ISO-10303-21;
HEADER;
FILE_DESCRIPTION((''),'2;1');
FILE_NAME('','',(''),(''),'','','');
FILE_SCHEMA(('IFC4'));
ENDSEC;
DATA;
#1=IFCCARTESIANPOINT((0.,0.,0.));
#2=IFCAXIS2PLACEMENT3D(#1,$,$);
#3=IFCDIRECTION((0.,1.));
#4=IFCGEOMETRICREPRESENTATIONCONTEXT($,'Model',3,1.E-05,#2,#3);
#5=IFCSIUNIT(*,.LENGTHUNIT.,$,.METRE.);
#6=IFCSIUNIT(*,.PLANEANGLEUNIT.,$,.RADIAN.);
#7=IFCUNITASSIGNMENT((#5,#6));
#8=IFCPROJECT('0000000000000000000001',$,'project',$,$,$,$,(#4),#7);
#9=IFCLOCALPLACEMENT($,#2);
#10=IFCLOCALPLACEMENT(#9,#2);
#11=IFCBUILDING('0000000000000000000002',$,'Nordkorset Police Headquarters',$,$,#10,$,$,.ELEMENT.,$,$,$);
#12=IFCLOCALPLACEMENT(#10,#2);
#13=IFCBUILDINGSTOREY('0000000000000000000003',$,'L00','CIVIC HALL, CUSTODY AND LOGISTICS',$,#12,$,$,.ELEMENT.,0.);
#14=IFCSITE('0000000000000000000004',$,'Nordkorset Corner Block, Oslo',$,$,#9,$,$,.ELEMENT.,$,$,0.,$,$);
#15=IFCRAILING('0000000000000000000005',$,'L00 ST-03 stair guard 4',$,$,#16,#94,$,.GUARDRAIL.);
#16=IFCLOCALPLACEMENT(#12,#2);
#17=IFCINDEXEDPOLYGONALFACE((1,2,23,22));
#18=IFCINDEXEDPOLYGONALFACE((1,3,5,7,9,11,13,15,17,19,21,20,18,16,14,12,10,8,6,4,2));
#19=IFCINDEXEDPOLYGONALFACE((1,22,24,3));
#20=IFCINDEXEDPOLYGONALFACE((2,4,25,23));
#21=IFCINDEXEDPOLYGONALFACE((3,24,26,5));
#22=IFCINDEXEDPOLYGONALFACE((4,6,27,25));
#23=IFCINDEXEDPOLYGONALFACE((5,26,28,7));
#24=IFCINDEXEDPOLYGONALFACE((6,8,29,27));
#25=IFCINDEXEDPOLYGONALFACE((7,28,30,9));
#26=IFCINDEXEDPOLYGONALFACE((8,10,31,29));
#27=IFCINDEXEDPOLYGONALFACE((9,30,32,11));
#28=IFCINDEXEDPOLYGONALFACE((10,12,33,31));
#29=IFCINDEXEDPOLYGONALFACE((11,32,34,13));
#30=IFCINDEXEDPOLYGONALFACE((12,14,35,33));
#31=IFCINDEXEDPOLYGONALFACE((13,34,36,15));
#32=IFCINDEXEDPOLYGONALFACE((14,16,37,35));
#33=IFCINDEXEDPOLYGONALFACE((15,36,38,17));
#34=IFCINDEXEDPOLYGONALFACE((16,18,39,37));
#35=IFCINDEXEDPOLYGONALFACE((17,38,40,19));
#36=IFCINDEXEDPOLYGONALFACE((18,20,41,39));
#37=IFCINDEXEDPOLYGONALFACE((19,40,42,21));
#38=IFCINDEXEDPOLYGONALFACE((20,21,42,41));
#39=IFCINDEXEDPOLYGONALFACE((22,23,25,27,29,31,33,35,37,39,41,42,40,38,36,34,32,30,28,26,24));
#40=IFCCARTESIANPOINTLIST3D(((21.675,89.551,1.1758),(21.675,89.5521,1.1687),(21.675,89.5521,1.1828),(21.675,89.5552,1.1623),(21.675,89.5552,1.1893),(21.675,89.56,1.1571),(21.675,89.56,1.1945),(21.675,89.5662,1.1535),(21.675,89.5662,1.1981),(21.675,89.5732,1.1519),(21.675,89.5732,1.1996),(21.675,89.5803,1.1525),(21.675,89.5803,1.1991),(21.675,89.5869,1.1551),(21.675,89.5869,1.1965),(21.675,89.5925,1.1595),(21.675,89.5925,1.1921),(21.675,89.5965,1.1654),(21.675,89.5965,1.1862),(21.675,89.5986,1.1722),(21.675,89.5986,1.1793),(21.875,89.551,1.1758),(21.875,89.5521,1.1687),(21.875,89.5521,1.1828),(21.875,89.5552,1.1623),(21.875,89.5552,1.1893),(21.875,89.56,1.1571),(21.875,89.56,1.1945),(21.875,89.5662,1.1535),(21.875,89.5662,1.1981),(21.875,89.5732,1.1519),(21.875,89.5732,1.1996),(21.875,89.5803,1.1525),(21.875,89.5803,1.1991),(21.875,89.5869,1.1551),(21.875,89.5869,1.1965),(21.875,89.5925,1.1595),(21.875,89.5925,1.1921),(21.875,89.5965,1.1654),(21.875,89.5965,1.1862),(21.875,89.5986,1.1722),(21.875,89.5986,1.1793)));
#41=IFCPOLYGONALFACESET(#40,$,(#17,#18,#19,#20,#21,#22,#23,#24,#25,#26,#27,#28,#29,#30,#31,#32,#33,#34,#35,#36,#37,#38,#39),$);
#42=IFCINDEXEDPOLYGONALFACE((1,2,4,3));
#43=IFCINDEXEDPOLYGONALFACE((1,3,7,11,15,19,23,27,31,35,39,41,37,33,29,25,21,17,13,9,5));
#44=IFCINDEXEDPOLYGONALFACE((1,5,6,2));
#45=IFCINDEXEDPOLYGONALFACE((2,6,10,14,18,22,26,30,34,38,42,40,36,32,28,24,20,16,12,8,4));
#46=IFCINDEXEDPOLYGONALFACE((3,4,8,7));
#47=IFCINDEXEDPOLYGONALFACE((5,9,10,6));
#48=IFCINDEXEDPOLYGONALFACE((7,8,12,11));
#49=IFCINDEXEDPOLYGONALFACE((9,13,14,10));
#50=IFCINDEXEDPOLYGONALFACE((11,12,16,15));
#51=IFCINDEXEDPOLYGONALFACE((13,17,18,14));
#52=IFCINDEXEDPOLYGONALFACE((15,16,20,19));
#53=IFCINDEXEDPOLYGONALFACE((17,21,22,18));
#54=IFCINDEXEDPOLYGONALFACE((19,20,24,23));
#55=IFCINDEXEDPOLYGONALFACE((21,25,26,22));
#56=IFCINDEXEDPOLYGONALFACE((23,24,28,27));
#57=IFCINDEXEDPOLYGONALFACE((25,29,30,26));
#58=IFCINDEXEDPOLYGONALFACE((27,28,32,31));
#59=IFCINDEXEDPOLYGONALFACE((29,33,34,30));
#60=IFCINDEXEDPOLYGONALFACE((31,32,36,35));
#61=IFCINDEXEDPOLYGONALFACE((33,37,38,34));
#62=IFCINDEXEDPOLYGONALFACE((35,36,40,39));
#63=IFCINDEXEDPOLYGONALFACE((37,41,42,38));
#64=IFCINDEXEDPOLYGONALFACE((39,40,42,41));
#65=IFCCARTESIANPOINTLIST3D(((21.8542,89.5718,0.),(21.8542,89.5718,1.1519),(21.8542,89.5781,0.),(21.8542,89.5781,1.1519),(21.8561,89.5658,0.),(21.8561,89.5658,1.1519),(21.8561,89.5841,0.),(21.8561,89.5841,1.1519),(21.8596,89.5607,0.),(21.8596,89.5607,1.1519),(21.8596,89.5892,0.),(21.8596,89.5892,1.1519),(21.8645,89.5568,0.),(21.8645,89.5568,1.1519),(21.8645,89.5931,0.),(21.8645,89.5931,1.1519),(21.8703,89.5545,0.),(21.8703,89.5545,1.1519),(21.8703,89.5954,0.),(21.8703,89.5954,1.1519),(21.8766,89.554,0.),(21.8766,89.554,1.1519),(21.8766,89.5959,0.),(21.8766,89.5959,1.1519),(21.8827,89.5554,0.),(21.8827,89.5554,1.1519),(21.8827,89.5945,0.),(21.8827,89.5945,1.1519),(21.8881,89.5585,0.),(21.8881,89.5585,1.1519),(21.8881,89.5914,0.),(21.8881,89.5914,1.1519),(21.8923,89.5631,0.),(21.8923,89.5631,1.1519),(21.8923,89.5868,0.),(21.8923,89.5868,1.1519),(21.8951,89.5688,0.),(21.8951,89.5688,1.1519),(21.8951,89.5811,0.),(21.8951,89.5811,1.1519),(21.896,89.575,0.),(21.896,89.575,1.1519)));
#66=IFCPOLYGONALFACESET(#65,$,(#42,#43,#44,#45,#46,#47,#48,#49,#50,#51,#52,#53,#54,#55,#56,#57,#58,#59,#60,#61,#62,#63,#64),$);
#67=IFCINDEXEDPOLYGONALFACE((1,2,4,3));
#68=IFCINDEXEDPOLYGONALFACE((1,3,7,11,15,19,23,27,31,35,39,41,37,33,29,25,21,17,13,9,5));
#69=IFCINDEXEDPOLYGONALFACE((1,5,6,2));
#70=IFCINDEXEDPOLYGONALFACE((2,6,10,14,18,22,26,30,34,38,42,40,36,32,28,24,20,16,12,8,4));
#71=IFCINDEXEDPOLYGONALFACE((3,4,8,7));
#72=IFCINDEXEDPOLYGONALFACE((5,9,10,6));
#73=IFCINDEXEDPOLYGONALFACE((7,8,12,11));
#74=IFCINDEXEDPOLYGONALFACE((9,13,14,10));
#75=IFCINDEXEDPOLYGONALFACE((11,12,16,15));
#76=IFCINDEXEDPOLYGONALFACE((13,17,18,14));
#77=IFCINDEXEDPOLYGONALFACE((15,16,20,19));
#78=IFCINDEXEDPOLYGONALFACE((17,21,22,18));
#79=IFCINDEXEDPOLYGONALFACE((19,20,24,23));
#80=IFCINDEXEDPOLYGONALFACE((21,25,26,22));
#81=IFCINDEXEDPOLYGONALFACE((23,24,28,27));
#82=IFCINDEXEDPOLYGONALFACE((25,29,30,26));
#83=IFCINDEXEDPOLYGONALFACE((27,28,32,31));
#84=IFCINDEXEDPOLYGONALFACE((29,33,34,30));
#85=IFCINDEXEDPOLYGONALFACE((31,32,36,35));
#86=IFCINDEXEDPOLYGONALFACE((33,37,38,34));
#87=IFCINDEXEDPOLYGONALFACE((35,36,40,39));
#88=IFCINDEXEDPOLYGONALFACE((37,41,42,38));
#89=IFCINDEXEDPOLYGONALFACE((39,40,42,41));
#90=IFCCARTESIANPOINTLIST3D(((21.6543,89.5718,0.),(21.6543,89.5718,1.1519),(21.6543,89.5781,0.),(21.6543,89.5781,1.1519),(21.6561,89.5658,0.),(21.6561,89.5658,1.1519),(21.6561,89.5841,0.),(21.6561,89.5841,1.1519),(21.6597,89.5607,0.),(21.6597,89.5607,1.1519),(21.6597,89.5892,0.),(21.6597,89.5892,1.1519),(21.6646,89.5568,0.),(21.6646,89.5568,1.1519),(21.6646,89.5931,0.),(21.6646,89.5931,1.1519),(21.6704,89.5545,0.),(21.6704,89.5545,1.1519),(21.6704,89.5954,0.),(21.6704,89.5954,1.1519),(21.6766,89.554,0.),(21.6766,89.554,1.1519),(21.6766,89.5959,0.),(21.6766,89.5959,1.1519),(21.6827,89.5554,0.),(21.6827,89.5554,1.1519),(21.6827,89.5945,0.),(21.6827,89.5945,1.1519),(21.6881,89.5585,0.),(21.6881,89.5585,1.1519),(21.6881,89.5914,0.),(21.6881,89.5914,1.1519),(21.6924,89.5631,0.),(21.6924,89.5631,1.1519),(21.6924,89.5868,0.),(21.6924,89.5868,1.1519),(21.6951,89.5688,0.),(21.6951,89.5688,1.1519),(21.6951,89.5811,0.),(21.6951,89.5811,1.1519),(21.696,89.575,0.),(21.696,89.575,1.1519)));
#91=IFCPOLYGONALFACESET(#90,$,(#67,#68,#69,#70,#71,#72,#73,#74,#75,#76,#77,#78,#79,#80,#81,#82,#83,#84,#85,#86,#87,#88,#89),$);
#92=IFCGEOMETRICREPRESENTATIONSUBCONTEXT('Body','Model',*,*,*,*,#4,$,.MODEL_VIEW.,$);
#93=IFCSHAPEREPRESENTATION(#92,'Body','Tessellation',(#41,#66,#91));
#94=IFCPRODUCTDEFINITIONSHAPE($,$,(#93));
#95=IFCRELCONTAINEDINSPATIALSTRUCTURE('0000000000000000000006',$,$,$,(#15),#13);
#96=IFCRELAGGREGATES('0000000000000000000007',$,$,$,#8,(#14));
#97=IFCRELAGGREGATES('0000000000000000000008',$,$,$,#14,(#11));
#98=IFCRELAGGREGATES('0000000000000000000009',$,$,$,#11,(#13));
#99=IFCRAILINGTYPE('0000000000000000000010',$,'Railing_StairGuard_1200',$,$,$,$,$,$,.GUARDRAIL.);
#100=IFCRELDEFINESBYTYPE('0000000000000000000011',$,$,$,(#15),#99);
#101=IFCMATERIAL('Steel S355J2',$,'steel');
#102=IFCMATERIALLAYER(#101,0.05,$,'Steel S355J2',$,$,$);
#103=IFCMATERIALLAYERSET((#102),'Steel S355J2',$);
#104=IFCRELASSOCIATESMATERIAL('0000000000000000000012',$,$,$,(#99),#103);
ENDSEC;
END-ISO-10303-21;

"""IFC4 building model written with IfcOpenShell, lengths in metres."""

from ifc_helpers import new_model, si_unit, direction, frame, origin, origin_2d, place, context, subcontext, project, spatial, circle, extrude, material, layer, layer_set, type_object, element, save


model = new_model("IFC4")

# Units and contexts
model_context = context("Model", 3, precision=1e-05, world=origin(), true_north=direction((0.0, 1.0)))
body_context = subcontext(model_context, "Body", "Model", "MODEL_VIEW")
ifc_project = project(units=[si_unit("LENGTHUNIT", "METRE"), si_unit("PLANEANGLEUNIT", "RADIAN")], contexts=[model_context])

# Site, building, storey
site_placement = place(None, origin())
site = spatial("IfcSite", under=ifc_project, at=site_placement, Name="Nordkorset Corner Block, Oslo", CompositionType="ELEMENT", RefElevation=0.0)
building_placement = place(site_placement, origin())
building = spatial("IfcBuilding", under=site, at=building_placement, Name="Nordkorset Police Headquarters", CompositionType="ELEMENT")
storey_placement = place(building_placement, origin())
storey = spatial("IfcBuildingStorey", under=building, at=storey_placement, Name="L00", Description="CIVIC HALL, CUSTODY AND LOGISTICS", CompositionType="ELEMENT", Elevation=0.0)

# Railing
ifc_material_1 = material(Name="Steel S355J2", Category="steel")
ifc_layer_1 = layer(ifc_material_1, 0.05, Name="Steel S355J2")
ifc_layer_set_1 = layer_set([ifc_layer_1], Name="Steel S355J2")
railing_type = type_object("IfcRailingType", Name="Railing_StairGuard_1200", PredefinedType="GUARDRAIL", material=ifc_layer_set_1)
railing_1_placement = place(storey_placement, frame((21.875, 89.575, 0.0)))
element("IfcRailing", 1, at=railing_1_placement, inside=storey, type_object=railing_type, Name="L00 ST-03 stair guard 4", PredefinedType="GUARDRAIL", context=body_context, shape_type="SweptSolid", body=[
    extrude(circle(Radius=0.0239, at=origin_2d()), frame((0.0, 0.0, 1.1758), z_axis=(-1.0, 0.0, 0.0), x_axis=(0.0, -1.0, 0.0)), (0.0, 0.0, 1.0), 0.2),
    extrude(circle(Radius=0.021, at=origin_2d()), origin(), (0.0, 0.0, 1.0), 1.1519),
    extrude(circle(Radius=0.021, at=origin_2d()), frame((-0.2, 0.0, 0.0)), (0.0, 0.0, 1.0), 1.1519),
])

save(model, "model.ifc")
